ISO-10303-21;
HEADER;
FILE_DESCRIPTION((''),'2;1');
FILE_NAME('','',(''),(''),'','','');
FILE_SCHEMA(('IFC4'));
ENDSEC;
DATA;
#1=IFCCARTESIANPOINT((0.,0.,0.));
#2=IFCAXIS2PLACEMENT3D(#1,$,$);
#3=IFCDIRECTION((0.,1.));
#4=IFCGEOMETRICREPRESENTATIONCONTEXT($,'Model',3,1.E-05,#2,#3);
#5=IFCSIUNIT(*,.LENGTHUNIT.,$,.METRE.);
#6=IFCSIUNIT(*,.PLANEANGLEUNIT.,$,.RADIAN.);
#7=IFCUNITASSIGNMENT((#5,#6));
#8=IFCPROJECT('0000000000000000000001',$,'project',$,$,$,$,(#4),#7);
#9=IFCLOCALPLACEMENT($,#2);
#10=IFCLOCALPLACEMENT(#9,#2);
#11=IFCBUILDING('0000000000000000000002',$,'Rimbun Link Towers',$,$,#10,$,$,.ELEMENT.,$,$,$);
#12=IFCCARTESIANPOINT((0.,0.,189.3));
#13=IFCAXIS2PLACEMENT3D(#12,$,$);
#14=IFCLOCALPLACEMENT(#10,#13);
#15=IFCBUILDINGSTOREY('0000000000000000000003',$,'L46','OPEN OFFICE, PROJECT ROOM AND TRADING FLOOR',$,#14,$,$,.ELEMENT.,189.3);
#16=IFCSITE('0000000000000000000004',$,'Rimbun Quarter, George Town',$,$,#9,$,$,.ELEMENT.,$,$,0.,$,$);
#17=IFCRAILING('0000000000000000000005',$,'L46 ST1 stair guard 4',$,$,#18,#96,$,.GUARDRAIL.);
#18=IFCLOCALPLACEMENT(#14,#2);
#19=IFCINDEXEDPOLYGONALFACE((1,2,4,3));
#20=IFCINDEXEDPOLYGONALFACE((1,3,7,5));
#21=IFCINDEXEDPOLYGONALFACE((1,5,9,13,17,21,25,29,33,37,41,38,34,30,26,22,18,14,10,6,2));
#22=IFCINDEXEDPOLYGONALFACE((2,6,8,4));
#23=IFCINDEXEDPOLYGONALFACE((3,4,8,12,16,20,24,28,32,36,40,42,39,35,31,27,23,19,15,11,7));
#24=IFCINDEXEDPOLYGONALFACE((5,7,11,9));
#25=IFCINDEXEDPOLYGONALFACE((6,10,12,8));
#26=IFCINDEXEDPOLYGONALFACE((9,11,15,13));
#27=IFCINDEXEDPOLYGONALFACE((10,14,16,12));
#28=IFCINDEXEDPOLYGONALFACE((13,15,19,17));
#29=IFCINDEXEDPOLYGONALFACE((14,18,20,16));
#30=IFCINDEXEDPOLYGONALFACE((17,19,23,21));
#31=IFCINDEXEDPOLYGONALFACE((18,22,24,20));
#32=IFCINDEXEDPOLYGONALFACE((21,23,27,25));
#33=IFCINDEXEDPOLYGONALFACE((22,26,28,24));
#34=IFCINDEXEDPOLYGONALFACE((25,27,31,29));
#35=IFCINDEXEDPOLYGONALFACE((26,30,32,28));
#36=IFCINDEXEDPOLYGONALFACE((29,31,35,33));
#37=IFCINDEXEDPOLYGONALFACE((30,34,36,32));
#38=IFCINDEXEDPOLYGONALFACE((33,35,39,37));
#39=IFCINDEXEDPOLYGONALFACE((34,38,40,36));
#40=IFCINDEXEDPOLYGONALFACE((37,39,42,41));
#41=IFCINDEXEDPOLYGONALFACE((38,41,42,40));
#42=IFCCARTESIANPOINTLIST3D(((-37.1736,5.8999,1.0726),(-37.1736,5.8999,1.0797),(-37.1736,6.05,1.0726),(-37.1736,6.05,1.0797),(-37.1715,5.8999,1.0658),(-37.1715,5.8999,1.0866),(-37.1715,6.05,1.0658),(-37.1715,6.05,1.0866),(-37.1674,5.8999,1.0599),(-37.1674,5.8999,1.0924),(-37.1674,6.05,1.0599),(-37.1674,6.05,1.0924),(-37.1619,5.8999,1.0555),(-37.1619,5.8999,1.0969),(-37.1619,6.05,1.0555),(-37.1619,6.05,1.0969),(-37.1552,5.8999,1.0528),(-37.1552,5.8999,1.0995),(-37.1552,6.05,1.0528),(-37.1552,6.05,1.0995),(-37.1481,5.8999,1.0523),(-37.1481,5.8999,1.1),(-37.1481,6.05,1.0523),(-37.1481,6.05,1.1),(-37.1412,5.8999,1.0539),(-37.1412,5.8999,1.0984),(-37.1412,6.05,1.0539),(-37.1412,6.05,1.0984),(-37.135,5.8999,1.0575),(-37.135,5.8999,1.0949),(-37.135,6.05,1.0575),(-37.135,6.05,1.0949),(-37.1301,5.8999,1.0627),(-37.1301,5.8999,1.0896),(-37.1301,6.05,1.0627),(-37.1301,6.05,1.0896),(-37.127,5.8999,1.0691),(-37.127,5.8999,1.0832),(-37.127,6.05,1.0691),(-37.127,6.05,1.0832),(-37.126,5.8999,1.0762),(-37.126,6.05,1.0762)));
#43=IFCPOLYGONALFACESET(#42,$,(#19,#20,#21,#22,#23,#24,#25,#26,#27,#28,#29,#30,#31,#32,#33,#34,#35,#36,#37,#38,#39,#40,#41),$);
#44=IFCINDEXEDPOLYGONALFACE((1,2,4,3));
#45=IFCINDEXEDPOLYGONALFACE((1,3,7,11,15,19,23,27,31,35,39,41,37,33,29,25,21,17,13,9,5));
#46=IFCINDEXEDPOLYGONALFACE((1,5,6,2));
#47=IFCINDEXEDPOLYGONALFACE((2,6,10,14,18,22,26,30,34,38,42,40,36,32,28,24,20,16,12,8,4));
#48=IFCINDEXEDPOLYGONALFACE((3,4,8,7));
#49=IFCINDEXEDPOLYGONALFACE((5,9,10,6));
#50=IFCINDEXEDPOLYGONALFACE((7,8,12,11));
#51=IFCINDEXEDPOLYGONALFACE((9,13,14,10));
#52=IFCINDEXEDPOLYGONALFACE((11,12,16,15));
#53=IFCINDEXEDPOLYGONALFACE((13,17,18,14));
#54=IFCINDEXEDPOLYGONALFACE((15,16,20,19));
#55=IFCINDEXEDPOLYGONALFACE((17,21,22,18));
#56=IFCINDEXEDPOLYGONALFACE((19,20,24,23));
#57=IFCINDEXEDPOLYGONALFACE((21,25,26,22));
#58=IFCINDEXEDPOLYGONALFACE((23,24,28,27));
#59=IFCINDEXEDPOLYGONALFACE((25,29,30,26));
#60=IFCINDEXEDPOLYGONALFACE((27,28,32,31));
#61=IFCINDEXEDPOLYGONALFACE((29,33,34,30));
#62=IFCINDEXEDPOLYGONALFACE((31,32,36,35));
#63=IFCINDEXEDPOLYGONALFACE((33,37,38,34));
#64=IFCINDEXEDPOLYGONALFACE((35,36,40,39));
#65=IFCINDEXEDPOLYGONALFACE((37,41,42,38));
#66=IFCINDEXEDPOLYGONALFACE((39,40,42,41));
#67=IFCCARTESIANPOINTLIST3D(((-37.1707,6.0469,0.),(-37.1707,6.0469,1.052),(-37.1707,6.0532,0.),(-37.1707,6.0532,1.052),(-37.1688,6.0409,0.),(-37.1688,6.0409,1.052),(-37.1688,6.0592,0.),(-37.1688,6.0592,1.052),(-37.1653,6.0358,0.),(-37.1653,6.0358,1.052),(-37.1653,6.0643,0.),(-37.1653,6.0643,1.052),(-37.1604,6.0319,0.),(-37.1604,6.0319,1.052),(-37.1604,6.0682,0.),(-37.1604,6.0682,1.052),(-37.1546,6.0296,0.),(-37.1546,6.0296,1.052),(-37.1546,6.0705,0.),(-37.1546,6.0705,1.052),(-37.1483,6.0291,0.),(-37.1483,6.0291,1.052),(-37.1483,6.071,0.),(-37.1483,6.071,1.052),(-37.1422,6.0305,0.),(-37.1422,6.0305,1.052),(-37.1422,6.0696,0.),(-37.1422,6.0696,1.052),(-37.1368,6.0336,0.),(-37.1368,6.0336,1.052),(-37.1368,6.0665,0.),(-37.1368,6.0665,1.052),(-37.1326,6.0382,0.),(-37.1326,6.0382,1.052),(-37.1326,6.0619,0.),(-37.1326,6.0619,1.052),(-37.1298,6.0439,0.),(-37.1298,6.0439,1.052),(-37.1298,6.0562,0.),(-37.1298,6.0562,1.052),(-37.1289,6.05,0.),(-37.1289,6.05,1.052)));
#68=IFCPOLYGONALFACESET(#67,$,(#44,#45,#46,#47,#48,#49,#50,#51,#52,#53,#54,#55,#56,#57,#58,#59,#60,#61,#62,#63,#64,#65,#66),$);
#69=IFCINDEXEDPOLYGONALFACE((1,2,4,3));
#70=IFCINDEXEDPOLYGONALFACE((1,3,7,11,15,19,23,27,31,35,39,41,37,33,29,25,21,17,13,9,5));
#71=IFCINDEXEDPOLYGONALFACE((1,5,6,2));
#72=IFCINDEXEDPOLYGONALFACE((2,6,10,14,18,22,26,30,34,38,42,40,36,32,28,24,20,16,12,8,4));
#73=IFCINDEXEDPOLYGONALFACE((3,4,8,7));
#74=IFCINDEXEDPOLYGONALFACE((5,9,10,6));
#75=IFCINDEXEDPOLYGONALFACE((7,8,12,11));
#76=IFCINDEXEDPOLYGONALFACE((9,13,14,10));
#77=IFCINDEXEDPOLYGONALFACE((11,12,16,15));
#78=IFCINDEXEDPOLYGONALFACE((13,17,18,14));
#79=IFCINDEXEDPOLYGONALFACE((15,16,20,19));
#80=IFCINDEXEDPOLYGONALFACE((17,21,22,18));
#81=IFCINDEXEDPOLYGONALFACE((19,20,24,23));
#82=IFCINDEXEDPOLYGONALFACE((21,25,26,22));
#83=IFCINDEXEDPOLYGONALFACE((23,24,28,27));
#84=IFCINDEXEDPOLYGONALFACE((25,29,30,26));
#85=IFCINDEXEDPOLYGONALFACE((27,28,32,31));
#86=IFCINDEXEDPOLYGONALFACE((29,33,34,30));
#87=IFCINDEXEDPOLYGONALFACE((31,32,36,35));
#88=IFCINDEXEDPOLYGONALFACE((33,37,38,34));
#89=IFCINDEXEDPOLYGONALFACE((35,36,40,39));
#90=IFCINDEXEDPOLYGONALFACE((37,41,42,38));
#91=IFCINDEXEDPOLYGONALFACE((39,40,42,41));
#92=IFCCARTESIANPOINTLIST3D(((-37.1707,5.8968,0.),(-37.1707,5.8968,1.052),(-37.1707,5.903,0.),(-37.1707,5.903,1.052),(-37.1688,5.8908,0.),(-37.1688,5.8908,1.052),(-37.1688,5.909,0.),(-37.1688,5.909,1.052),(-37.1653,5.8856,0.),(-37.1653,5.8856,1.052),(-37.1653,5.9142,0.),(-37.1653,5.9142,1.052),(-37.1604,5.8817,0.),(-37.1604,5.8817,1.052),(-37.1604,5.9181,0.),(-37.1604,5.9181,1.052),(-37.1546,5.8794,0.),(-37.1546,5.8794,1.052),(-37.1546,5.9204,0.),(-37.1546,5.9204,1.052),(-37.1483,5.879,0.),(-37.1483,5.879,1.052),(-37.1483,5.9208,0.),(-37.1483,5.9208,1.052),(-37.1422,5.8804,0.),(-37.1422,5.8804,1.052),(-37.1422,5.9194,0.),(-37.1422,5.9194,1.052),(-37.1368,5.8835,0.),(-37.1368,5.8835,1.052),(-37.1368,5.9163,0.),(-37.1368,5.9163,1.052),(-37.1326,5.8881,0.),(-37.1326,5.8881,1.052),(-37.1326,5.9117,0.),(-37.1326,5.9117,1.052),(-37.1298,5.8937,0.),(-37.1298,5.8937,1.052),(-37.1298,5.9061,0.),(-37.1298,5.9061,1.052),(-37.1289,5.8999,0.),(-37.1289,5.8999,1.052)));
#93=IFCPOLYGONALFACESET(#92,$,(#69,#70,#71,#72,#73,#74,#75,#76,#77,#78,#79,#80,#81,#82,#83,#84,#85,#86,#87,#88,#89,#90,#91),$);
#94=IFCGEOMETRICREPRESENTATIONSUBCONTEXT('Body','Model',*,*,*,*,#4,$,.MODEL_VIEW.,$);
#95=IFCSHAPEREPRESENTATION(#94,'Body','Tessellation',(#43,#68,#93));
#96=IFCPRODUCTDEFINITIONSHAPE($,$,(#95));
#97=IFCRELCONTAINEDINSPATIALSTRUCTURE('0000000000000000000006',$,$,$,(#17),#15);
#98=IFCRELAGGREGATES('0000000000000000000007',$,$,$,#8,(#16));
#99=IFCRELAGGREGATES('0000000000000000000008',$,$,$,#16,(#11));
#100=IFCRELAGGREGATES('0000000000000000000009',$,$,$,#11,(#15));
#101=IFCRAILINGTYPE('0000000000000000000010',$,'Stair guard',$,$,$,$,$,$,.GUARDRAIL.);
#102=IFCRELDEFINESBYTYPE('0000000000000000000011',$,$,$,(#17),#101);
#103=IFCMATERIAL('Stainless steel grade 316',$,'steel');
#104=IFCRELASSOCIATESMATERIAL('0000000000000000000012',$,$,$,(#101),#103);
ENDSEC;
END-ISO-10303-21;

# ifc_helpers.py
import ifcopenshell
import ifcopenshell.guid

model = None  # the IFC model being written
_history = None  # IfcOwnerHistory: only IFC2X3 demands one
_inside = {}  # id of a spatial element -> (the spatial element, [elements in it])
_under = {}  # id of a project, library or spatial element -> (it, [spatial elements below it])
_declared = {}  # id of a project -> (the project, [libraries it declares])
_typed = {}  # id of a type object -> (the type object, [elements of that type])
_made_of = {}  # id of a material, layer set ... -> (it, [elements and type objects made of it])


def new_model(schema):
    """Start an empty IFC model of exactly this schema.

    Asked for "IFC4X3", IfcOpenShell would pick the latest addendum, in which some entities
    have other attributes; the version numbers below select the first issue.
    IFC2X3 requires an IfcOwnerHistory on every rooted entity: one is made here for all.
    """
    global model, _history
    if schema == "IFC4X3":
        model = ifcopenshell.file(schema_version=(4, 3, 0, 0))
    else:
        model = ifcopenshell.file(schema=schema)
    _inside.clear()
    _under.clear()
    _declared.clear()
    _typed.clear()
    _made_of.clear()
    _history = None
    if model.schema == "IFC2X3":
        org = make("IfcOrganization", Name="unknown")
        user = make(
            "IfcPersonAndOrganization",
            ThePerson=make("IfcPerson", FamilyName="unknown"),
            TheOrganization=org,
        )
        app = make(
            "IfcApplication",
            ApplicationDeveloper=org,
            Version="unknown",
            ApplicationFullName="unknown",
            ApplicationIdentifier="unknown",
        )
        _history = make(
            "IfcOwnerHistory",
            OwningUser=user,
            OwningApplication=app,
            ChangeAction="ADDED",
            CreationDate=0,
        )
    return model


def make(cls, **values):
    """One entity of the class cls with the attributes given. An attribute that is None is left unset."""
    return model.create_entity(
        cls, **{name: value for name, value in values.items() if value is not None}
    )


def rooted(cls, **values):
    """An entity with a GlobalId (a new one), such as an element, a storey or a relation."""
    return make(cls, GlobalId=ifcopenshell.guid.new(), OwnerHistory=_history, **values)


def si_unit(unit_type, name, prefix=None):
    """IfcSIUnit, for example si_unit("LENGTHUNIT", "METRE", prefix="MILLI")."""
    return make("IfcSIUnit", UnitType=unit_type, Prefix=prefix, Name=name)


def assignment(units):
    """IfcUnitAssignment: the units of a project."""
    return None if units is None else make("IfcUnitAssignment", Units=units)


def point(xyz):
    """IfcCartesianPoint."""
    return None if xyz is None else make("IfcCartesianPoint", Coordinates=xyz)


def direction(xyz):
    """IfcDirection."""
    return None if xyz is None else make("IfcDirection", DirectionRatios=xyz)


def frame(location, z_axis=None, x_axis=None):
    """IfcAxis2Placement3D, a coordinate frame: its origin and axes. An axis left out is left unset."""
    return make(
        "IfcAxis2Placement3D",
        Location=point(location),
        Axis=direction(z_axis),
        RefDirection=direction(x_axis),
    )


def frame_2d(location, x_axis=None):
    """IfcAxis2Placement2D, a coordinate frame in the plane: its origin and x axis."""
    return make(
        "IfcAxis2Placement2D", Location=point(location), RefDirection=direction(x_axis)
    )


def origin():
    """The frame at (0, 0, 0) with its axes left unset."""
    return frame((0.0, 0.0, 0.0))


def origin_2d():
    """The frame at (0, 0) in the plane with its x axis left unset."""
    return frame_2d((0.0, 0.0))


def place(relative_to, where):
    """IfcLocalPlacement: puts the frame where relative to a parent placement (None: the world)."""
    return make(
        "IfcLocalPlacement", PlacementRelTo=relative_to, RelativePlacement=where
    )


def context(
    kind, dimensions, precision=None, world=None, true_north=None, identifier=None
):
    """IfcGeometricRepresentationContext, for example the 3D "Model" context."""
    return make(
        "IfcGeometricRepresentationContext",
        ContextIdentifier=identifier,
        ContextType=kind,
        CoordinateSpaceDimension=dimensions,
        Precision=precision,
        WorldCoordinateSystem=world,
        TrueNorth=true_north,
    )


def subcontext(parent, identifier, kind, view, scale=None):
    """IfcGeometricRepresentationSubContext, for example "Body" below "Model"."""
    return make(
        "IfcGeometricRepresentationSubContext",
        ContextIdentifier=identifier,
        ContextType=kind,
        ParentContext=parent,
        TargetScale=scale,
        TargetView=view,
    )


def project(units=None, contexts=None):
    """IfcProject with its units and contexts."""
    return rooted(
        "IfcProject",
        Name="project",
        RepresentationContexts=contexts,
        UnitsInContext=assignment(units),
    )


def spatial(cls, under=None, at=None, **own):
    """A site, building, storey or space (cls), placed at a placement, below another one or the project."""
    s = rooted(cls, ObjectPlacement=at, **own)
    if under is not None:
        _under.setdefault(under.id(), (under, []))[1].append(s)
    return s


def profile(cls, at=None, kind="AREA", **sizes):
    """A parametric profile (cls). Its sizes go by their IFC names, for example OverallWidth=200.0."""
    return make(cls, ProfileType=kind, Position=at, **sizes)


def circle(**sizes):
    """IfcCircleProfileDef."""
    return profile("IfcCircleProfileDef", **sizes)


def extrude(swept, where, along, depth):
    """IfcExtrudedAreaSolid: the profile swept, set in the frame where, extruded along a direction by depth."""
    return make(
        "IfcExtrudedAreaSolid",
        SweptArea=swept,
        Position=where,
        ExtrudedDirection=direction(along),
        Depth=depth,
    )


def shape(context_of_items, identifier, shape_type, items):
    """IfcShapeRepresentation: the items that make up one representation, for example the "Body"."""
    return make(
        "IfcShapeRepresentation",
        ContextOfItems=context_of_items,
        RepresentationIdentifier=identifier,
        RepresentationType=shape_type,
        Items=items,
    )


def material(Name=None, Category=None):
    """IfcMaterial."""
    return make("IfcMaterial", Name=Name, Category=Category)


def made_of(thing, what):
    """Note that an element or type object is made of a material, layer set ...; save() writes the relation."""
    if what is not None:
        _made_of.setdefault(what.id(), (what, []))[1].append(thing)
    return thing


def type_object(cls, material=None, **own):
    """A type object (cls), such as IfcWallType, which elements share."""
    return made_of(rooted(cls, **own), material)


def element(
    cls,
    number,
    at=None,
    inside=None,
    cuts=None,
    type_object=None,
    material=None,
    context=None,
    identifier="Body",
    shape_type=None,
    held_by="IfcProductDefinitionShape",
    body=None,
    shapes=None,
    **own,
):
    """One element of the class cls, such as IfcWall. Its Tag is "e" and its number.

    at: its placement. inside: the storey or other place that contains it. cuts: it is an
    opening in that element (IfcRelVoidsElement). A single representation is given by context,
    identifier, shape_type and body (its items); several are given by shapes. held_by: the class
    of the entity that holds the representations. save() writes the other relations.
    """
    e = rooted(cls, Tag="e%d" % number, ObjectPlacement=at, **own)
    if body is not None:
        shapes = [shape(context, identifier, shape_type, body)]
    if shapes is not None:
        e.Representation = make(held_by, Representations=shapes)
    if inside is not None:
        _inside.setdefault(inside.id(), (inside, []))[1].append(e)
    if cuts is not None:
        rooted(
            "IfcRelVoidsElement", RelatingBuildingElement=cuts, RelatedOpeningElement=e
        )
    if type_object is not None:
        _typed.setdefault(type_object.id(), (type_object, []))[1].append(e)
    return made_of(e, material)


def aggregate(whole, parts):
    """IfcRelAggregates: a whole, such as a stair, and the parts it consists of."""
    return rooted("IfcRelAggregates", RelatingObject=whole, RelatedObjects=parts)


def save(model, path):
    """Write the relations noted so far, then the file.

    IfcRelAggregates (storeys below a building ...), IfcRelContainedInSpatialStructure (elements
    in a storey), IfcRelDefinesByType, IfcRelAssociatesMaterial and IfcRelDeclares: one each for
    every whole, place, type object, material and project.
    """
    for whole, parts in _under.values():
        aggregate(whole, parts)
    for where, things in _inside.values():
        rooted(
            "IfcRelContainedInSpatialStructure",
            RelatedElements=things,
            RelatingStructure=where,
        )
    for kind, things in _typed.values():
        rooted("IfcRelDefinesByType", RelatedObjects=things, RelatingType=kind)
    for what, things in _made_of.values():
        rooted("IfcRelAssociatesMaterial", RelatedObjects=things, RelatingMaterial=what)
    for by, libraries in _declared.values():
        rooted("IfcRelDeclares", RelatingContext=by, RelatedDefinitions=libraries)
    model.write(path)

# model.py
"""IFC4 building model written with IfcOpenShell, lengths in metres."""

from ifc_helpers import new_model, si_unit, direction, frame, origin, origin_2d, place, context, subcontext, project, spatial, circle, extrude, material, type_object, element, save


model = new_model("IFC4")

# Units and contexts
model_context = context("Model", 3, precision=1e-05, world=origin(), true_north=direction((0.0, 1.0)))
body_context = subcontext(model_context, "Body", "Model", "MODEL_VIEW")
ifc_project = project(units=[si_unit("LENGTHUNIT", "METRE"), si_unit("PLANEANGLEUNIT", "RADIAN")], contexts=[model_context])

# Site, building, storey
site_placement = place(None, origin())
site = spatial("IfcSite", under=ifc_project, at=site_placement, Name="Rimbun Quarter, George Town", CompositionType="ELEMENT", RefElevation=0.0)
building_placement = place(site_placement, origin())
building = spatial("IfcBuilding", under=site, at=building_placement, Name="Rimbun Link Towers", CompositionType="ELEMENT")
storey_placement = place(building_placement, frame((0.0, 0.0, 189.3)))
storey = spatial("IfcBuildingStorey", under=building, at=storey_placement, Name="L46", Description="OPEN OFFICE, PROJECT ROOM AND TRADING FLOOR", CompositionType="ELEMENT", Elevation=189.3)

# Railing
ifc_material_1 = material(Name="Stainless steel grade 316", Category="steel")
railing_type_1 = type_object("IfcRailingType", Name="Stair guard", PredefinedType="GUARDRAIL", material=ifc_material_1)
railing_1_placement = place(storey_placement, frame((-37.1499, 6.05, 0.0)))
element("IfcRailing", 1, at=railing_1_placement, inside=storey, type_object=railing_type_1, Name="L46 ST1 stair guard 4", PredefinedType="GUARDRAIL", context=body_context, shape_type="SweptSolid", body=[
    extrude(circle(Radius=0.0239, at=origin_2d()), frame((0.0, 0.0, 1.0762), z_axis=(0.0, -1.0, 0.0), x_axis=(1.0, 0.0, 0.0)), (0.0, 0.0, 1.0), 0.1501),
    extrude(circle(Radius=0.021, at=origin_2d()), origin(), (0.0, 0.0, 1.0), 1.052),
    extrude(circle(Radius=0.021, at=origin_2d()), frame((0.0, -0.1501, 0.0)), (0.0, 0.0, 1.0), 1.052),
])

save(model, "model.ifc")
